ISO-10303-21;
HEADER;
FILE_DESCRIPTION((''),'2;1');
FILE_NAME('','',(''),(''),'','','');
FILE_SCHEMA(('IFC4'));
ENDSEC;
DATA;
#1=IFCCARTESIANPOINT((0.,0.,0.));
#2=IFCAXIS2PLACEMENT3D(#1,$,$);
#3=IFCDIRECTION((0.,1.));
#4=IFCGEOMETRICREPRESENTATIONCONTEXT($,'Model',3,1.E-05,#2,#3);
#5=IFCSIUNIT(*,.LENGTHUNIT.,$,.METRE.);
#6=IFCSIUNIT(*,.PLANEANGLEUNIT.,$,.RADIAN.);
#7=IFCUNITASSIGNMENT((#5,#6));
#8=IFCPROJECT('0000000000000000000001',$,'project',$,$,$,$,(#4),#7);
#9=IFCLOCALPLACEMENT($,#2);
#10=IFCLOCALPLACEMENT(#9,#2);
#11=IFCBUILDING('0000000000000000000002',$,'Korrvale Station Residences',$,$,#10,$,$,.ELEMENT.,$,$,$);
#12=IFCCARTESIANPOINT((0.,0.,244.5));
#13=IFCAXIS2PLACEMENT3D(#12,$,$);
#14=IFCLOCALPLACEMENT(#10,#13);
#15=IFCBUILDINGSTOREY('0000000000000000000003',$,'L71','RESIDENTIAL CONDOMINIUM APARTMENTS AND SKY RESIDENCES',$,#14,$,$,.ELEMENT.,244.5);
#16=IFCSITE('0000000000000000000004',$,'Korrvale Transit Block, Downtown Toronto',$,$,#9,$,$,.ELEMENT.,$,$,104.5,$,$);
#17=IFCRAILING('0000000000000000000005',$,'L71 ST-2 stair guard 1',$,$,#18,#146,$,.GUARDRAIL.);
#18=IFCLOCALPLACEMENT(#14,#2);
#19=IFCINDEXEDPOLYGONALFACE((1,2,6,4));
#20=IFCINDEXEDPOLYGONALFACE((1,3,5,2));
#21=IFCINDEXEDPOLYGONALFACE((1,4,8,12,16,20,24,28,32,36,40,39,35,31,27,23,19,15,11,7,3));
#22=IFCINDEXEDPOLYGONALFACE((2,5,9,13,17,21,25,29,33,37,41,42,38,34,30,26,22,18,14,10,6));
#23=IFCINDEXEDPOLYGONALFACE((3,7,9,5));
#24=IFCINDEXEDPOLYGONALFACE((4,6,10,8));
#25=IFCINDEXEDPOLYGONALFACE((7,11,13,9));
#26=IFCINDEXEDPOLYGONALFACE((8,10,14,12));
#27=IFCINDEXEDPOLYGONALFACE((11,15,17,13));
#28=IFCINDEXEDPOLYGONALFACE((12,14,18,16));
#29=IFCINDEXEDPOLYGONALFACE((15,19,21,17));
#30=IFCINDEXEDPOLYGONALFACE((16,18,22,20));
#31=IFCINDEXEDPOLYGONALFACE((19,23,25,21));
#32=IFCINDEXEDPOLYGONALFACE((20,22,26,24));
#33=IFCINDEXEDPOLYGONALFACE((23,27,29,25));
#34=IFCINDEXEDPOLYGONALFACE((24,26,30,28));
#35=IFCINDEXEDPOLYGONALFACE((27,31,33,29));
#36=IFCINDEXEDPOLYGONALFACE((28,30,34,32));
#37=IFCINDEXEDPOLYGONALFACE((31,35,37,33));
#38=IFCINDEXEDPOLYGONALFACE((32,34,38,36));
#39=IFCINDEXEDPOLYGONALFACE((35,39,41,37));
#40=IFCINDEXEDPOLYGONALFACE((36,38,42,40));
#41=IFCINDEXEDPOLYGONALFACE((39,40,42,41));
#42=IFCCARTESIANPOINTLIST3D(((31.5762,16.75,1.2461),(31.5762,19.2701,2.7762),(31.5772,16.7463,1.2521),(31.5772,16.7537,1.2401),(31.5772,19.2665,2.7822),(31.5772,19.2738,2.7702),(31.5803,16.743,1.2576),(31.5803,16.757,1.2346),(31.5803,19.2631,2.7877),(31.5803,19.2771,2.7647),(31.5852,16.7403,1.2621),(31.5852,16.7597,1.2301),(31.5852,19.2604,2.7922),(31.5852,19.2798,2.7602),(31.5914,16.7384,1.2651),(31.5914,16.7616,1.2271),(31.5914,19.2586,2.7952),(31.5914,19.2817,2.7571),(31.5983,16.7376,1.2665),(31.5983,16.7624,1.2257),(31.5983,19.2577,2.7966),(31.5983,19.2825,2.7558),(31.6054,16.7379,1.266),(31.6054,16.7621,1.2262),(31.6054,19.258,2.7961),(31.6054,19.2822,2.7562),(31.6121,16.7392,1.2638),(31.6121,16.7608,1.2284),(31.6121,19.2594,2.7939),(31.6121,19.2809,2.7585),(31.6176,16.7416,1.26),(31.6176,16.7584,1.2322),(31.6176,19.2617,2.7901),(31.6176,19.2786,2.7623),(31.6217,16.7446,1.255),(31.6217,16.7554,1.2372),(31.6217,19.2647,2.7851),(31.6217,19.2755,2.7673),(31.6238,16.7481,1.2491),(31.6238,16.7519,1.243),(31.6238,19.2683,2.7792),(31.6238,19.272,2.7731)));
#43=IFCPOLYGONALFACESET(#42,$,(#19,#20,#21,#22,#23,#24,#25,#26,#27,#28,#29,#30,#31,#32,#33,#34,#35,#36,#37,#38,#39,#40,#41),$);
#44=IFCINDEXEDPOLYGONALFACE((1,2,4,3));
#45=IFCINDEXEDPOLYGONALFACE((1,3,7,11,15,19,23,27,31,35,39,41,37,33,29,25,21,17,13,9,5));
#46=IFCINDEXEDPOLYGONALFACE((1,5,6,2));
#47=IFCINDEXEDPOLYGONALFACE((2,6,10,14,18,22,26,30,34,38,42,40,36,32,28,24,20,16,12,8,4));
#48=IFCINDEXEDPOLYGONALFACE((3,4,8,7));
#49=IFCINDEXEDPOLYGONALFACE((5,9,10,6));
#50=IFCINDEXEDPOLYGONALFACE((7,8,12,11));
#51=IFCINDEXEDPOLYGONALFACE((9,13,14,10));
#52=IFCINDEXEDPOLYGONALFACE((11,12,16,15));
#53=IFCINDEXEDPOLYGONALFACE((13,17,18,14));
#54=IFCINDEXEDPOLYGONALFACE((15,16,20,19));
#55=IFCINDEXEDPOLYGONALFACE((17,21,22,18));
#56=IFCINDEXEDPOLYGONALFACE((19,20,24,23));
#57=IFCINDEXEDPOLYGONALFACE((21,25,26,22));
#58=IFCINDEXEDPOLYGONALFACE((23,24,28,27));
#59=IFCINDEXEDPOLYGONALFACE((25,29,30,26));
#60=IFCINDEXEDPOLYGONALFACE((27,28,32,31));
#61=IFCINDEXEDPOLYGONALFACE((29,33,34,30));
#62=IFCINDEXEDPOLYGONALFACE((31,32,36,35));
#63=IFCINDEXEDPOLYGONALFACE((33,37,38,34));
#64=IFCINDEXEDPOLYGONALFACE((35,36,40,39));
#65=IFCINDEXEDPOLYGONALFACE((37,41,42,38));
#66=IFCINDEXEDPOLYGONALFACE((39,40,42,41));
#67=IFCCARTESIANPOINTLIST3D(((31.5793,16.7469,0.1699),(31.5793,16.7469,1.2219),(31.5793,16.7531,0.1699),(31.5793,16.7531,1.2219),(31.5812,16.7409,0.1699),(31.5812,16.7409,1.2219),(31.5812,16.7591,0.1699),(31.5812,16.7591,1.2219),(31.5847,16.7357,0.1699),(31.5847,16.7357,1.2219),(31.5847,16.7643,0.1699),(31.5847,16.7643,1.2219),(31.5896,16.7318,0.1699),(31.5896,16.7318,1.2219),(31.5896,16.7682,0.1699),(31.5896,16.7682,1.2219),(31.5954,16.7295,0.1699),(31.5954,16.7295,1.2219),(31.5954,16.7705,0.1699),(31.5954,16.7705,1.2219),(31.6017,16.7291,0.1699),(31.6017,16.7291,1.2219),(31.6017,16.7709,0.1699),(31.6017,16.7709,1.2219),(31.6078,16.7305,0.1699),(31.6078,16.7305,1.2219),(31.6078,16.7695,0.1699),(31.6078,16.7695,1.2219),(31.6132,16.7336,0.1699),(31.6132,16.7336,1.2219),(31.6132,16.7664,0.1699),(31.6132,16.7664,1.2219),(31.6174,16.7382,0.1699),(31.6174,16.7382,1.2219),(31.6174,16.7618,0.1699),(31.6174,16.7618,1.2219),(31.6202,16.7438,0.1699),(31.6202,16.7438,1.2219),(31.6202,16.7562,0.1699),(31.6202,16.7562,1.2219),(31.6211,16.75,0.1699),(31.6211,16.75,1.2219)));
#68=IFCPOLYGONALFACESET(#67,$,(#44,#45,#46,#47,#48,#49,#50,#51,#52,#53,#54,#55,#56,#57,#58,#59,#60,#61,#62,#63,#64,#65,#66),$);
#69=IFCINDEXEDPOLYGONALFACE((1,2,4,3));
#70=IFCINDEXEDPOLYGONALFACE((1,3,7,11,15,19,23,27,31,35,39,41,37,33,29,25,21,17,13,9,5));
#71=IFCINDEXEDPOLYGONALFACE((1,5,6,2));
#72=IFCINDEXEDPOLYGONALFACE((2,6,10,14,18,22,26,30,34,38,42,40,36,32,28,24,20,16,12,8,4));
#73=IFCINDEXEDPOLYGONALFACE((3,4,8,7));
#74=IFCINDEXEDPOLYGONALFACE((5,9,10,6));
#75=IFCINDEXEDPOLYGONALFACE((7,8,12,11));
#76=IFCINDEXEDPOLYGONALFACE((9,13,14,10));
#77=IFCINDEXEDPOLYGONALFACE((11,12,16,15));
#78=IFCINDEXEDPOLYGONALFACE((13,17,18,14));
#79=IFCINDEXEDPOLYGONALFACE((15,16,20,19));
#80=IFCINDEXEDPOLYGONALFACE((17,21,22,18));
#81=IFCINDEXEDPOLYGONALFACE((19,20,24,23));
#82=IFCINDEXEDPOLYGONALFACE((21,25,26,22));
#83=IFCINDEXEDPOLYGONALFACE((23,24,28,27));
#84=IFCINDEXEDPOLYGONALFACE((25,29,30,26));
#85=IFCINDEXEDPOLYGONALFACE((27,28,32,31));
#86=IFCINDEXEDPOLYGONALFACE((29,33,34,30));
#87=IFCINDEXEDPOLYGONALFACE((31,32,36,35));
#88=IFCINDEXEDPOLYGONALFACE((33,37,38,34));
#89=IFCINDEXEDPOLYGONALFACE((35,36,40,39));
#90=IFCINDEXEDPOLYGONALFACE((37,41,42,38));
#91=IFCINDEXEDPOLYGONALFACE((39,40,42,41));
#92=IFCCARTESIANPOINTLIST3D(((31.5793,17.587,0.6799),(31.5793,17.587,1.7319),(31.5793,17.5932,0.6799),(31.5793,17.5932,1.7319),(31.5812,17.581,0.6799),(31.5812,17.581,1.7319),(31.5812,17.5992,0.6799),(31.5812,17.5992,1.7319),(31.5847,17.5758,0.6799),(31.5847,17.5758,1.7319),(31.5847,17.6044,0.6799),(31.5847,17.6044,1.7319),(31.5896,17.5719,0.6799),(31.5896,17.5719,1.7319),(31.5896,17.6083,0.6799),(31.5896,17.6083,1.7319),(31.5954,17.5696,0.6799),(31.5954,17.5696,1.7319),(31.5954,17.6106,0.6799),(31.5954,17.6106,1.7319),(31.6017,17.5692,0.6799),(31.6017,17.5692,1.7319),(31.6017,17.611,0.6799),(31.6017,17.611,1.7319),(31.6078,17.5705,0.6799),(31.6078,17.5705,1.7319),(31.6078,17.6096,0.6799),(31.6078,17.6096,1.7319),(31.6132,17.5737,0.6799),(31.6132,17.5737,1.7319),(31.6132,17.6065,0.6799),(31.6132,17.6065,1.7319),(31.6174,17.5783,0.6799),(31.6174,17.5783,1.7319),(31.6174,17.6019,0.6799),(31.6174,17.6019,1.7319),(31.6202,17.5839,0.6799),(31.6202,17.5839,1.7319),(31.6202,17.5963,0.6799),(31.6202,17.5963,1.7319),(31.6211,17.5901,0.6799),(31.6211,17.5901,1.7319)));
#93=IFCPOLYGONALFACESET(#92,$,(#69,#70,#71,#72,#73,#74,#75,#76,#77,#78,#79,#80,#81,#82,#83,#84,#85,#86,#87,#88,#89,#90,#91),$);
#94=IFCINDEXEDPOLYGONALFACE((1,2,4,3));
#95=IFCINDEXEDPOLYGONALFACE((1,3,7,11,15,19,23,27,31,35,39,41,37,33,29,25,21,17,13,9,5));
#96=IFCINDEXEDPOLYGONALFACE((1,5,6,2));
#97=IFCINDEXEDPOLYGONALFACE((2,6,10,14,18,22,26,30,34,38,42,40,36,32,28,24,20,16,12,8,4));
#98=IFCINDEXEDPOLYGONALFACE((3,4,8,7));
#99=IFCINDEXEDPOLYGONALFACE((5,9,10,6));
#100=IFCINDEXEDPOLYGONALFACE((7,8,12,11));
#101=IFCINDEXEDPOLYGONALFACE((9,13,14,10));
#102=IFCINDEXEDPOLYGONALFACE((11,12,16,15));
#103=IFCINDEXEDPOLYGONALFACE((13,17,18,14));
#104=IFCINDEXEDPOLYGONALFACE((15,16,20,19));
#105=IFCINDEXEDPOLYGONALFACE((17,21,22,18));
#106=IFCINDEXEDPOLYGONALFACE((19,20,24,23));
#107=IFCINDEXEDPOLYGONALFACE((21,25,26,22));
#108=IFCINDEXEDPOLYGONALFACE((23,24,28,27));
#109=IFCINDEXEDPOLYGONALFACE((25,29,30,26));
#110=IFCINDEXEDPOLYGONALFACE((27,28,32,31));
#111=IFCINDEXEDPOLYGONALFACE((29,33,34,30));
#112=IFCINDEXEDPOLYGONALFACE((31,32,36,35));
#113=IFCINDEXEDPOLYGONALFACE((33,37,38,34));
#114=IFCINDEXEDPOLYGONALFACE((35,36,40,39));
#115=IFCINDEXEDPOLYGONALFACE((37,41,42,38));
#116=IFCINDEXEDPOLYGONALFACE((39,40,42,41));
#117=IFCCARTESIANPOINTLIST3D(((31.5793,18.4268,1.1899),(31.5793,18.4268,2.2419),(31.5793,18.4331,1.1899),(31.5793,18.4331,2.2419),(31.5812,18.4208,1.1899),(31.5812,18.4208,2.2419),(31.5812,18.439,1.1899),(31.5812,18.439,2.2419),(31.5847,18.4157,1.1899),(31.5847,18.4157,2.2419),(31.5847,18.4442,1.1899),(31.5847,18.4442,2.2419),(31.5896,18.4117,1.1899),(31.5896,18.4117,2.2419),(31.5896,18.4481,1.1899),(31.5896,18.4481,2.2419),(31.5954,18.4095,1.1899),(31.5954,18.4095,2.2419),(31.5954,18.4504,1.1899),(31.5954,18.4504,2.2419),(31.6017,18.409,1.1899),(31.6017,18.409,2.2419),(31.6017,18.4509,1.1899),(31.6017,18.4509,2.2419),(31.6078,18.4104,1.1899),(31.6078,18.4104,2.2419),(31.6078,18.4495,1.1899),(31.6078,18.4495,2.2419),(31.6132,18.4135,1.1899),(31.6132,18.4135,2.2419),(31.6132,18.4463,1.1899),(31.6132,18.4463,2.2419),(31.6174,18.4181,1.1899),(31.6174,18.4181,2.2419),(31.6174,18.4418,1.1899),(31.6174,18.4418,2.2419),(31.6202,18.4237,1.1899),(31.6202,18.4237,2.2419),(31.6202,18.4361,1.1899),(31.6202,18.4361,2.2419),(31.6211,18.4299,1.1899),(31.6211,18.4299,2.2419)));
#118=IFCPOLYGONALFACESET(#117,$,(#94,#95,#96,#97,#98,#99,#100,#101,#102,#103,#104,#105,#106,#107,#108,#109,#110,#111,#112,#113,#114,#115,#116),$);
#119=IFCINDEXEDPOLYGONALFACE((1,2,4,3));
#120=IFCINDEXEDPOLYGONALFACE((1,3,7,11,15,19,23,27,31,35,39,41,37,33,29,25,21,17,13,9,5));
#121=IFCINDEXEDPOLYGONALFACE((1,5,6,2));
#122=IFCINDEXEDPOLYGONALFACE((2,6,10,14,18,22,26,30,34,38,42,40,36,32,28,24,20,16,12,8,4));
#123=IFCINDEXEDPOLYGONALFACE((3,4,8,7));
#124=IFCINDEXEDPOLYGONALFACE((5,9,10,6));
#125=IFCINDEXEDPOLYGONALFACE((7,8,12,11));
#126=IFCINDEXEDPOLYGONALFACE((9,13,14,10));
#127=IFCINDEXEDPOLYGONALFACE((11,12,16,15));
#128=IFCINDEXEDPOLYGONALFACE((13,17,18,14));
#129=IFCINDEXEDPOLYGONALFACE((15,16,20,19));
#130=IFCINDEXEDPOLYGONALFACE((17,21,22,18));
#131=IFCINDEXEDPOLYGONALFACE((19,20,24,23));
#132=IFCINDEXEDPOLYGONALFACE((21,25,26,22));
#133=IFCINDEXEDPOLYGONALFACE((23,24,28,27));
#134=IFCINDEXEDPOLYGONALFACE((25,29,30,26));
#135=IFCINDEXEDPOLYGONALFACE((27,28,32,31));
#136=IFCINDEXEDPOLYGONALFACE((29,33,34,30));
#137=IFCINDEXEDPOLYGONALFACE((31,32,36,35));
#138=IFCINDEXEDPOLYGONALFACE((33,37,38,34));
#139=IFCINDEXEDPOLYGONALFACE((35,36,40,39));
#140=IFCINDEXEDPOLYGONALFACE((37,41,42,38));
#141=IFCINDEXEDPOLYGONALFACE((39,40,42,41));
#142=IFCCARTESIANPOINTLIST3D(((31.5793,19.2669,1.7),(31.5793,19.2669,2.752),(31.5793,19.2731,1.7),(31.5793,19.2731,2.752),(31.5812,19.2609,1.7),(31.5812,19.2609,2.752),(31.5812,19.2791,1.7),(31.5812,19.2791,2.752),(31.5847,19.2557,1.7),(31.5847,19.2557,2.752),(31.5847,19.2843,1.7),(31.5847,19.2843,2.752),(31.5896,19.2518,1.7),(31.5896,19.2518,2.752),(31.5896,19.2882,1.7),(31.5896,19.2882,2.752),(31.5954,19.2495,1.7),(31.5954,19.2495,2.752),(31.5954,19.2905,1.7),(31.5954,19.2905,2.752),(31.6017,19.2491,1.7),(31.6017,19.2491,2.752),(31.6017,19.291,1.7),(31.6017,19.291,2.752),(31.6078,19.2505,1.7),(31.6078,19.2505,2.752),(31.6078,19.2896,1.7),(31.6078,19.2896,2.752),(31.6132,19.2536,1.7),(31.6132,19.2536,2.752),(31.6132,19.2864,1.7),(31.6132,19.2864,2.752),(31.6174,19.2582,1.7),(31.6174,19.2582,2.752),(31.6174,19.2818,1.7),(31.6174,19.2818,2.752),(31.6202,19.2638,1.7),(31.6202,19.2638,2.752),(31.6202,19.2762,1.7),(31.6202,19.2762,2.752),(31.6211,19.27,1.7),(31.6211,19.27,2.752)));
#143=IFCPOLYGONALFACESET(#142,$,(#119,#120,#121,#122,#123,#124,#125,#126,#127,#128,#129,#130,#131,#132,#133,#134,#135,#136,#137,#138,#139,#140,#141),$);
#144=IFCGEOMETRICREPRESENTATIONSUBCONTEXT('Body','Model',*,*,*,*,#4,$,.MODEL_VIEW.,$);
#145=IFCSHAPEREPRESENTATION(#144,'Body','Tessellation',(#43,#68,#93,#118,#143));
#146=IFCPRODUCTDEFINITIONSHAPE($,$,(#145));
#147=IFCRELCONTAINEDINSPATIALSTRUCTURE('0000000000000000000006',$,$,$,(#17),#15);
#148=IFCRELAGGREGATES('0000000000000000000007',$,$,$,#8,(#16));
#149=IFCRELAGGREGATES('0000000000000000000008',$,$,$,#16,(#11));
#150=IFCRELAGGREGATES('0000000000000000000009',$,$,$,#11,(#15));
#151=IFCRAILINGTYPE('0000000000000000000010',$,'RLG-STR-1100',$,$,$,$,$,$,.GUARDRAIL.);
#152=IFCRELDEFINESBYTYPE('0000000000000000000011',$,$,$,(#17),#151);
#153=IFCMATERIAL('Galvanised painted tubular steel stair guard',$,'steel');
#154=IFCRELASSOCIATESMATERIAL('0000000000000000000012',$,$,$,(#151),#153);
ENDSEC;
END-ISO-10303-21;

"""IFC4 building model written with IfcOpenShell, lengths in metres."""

from ifc_helpers import new_model, si_unit, direction, frame, origin, origin_2d, place, context, subcontext, project, spatial, circle, extrude, material, type_object, element, save


model = new_model("IFC4")

# Units and contexts
model_context = context("Model", 3, precision=1e-05, world=origin(), true_north=direction((0.0, 1.0)))
body_context = subcontext(model_context, "Body", "Model", "MODEL_VIEW")
ifc_project = project(units=[si_unit("LENGTHUNIT", "METRE"), si_unit("PLANEANGLEUNIT", "RADIAN")], contexts=[model_context])

# Site, building, storey
site_placement = place(None, origin())
site = spatial("IfcSite", under=ifc_project, at=site_placement, Name="Korrvale Transit Block, Downtown Toronto", CompositionType="ELEMENT", RefElevation=104.5)
building_placement = place(site_placement, origin())
building = spatial("IfcBuilding", under=site, at=building_placement, Name="Korrvale Station Residences", CompositionType="ELEMENT")
storey_placement = place(building_placement, frame((0.0, 0.0, 244.5)))
storey = spatial("IfcBuildingStorey", under=building, at=storey_placement, Name="L71", Description="RESIDENTIAL CONDOMINIUM APARTMENTS AND SKY RESIDENCES", CompositionType="ELEMENT", Elevation=244.5)

# Railing
ifc_material_1 = material(Name="Galvanised painted tubular steel stair guard", Category="steel")
railing_type_1 = type_object("IfcRailingType", Name="RLG-STR-1100", PredefinedType="GUARDRAIL", material=ifc_material_1)
railing_1_placement = place(storey_placement, frame((31.6001, 16.75, 0.1699)))
element("IfcRailing", 1, at=railing_1_placement, inside=storey, type_object=railing_type_1, Name="L71 ST-2 stair guard 1", PredefinedType="GUARDRAIL", context=body_context, shape_type="SweptSolid", body=[
    extrude(circle(Radius=0.0239, at=origin_2d()), frame((0.0, 0.0, 1.0762), z_axis=(0.0, 0.854785, 0.518982), x_axis=(-1.0, 0.0, 0.0)), (0.0, 0.0, 1.0), 2.9482),
    extrude(circle(Radius=0.021, at=origin_2d()), origin(), (0.0, 0.0, 1.0), 1.052),
    extrude(circle(Radius=0.021, at=origin_2d()), frame((0.0, 0.8401, 0.51)), (0.0, 0.0, 1.0), 1.052),
    extrude(circle(Radius=0.021, at=origin_2d()), frame((0.0, 1.6799, 1.02)), (0.0, 0.0, 1.0), 1.052),
    extrude(circle(Radius=0.021, at=origin_2d()), frame((0.0, 2.52, 1.53)), (0.0, 0.0, 1.0), 1.052),
])

save(model, "model.ifc")
